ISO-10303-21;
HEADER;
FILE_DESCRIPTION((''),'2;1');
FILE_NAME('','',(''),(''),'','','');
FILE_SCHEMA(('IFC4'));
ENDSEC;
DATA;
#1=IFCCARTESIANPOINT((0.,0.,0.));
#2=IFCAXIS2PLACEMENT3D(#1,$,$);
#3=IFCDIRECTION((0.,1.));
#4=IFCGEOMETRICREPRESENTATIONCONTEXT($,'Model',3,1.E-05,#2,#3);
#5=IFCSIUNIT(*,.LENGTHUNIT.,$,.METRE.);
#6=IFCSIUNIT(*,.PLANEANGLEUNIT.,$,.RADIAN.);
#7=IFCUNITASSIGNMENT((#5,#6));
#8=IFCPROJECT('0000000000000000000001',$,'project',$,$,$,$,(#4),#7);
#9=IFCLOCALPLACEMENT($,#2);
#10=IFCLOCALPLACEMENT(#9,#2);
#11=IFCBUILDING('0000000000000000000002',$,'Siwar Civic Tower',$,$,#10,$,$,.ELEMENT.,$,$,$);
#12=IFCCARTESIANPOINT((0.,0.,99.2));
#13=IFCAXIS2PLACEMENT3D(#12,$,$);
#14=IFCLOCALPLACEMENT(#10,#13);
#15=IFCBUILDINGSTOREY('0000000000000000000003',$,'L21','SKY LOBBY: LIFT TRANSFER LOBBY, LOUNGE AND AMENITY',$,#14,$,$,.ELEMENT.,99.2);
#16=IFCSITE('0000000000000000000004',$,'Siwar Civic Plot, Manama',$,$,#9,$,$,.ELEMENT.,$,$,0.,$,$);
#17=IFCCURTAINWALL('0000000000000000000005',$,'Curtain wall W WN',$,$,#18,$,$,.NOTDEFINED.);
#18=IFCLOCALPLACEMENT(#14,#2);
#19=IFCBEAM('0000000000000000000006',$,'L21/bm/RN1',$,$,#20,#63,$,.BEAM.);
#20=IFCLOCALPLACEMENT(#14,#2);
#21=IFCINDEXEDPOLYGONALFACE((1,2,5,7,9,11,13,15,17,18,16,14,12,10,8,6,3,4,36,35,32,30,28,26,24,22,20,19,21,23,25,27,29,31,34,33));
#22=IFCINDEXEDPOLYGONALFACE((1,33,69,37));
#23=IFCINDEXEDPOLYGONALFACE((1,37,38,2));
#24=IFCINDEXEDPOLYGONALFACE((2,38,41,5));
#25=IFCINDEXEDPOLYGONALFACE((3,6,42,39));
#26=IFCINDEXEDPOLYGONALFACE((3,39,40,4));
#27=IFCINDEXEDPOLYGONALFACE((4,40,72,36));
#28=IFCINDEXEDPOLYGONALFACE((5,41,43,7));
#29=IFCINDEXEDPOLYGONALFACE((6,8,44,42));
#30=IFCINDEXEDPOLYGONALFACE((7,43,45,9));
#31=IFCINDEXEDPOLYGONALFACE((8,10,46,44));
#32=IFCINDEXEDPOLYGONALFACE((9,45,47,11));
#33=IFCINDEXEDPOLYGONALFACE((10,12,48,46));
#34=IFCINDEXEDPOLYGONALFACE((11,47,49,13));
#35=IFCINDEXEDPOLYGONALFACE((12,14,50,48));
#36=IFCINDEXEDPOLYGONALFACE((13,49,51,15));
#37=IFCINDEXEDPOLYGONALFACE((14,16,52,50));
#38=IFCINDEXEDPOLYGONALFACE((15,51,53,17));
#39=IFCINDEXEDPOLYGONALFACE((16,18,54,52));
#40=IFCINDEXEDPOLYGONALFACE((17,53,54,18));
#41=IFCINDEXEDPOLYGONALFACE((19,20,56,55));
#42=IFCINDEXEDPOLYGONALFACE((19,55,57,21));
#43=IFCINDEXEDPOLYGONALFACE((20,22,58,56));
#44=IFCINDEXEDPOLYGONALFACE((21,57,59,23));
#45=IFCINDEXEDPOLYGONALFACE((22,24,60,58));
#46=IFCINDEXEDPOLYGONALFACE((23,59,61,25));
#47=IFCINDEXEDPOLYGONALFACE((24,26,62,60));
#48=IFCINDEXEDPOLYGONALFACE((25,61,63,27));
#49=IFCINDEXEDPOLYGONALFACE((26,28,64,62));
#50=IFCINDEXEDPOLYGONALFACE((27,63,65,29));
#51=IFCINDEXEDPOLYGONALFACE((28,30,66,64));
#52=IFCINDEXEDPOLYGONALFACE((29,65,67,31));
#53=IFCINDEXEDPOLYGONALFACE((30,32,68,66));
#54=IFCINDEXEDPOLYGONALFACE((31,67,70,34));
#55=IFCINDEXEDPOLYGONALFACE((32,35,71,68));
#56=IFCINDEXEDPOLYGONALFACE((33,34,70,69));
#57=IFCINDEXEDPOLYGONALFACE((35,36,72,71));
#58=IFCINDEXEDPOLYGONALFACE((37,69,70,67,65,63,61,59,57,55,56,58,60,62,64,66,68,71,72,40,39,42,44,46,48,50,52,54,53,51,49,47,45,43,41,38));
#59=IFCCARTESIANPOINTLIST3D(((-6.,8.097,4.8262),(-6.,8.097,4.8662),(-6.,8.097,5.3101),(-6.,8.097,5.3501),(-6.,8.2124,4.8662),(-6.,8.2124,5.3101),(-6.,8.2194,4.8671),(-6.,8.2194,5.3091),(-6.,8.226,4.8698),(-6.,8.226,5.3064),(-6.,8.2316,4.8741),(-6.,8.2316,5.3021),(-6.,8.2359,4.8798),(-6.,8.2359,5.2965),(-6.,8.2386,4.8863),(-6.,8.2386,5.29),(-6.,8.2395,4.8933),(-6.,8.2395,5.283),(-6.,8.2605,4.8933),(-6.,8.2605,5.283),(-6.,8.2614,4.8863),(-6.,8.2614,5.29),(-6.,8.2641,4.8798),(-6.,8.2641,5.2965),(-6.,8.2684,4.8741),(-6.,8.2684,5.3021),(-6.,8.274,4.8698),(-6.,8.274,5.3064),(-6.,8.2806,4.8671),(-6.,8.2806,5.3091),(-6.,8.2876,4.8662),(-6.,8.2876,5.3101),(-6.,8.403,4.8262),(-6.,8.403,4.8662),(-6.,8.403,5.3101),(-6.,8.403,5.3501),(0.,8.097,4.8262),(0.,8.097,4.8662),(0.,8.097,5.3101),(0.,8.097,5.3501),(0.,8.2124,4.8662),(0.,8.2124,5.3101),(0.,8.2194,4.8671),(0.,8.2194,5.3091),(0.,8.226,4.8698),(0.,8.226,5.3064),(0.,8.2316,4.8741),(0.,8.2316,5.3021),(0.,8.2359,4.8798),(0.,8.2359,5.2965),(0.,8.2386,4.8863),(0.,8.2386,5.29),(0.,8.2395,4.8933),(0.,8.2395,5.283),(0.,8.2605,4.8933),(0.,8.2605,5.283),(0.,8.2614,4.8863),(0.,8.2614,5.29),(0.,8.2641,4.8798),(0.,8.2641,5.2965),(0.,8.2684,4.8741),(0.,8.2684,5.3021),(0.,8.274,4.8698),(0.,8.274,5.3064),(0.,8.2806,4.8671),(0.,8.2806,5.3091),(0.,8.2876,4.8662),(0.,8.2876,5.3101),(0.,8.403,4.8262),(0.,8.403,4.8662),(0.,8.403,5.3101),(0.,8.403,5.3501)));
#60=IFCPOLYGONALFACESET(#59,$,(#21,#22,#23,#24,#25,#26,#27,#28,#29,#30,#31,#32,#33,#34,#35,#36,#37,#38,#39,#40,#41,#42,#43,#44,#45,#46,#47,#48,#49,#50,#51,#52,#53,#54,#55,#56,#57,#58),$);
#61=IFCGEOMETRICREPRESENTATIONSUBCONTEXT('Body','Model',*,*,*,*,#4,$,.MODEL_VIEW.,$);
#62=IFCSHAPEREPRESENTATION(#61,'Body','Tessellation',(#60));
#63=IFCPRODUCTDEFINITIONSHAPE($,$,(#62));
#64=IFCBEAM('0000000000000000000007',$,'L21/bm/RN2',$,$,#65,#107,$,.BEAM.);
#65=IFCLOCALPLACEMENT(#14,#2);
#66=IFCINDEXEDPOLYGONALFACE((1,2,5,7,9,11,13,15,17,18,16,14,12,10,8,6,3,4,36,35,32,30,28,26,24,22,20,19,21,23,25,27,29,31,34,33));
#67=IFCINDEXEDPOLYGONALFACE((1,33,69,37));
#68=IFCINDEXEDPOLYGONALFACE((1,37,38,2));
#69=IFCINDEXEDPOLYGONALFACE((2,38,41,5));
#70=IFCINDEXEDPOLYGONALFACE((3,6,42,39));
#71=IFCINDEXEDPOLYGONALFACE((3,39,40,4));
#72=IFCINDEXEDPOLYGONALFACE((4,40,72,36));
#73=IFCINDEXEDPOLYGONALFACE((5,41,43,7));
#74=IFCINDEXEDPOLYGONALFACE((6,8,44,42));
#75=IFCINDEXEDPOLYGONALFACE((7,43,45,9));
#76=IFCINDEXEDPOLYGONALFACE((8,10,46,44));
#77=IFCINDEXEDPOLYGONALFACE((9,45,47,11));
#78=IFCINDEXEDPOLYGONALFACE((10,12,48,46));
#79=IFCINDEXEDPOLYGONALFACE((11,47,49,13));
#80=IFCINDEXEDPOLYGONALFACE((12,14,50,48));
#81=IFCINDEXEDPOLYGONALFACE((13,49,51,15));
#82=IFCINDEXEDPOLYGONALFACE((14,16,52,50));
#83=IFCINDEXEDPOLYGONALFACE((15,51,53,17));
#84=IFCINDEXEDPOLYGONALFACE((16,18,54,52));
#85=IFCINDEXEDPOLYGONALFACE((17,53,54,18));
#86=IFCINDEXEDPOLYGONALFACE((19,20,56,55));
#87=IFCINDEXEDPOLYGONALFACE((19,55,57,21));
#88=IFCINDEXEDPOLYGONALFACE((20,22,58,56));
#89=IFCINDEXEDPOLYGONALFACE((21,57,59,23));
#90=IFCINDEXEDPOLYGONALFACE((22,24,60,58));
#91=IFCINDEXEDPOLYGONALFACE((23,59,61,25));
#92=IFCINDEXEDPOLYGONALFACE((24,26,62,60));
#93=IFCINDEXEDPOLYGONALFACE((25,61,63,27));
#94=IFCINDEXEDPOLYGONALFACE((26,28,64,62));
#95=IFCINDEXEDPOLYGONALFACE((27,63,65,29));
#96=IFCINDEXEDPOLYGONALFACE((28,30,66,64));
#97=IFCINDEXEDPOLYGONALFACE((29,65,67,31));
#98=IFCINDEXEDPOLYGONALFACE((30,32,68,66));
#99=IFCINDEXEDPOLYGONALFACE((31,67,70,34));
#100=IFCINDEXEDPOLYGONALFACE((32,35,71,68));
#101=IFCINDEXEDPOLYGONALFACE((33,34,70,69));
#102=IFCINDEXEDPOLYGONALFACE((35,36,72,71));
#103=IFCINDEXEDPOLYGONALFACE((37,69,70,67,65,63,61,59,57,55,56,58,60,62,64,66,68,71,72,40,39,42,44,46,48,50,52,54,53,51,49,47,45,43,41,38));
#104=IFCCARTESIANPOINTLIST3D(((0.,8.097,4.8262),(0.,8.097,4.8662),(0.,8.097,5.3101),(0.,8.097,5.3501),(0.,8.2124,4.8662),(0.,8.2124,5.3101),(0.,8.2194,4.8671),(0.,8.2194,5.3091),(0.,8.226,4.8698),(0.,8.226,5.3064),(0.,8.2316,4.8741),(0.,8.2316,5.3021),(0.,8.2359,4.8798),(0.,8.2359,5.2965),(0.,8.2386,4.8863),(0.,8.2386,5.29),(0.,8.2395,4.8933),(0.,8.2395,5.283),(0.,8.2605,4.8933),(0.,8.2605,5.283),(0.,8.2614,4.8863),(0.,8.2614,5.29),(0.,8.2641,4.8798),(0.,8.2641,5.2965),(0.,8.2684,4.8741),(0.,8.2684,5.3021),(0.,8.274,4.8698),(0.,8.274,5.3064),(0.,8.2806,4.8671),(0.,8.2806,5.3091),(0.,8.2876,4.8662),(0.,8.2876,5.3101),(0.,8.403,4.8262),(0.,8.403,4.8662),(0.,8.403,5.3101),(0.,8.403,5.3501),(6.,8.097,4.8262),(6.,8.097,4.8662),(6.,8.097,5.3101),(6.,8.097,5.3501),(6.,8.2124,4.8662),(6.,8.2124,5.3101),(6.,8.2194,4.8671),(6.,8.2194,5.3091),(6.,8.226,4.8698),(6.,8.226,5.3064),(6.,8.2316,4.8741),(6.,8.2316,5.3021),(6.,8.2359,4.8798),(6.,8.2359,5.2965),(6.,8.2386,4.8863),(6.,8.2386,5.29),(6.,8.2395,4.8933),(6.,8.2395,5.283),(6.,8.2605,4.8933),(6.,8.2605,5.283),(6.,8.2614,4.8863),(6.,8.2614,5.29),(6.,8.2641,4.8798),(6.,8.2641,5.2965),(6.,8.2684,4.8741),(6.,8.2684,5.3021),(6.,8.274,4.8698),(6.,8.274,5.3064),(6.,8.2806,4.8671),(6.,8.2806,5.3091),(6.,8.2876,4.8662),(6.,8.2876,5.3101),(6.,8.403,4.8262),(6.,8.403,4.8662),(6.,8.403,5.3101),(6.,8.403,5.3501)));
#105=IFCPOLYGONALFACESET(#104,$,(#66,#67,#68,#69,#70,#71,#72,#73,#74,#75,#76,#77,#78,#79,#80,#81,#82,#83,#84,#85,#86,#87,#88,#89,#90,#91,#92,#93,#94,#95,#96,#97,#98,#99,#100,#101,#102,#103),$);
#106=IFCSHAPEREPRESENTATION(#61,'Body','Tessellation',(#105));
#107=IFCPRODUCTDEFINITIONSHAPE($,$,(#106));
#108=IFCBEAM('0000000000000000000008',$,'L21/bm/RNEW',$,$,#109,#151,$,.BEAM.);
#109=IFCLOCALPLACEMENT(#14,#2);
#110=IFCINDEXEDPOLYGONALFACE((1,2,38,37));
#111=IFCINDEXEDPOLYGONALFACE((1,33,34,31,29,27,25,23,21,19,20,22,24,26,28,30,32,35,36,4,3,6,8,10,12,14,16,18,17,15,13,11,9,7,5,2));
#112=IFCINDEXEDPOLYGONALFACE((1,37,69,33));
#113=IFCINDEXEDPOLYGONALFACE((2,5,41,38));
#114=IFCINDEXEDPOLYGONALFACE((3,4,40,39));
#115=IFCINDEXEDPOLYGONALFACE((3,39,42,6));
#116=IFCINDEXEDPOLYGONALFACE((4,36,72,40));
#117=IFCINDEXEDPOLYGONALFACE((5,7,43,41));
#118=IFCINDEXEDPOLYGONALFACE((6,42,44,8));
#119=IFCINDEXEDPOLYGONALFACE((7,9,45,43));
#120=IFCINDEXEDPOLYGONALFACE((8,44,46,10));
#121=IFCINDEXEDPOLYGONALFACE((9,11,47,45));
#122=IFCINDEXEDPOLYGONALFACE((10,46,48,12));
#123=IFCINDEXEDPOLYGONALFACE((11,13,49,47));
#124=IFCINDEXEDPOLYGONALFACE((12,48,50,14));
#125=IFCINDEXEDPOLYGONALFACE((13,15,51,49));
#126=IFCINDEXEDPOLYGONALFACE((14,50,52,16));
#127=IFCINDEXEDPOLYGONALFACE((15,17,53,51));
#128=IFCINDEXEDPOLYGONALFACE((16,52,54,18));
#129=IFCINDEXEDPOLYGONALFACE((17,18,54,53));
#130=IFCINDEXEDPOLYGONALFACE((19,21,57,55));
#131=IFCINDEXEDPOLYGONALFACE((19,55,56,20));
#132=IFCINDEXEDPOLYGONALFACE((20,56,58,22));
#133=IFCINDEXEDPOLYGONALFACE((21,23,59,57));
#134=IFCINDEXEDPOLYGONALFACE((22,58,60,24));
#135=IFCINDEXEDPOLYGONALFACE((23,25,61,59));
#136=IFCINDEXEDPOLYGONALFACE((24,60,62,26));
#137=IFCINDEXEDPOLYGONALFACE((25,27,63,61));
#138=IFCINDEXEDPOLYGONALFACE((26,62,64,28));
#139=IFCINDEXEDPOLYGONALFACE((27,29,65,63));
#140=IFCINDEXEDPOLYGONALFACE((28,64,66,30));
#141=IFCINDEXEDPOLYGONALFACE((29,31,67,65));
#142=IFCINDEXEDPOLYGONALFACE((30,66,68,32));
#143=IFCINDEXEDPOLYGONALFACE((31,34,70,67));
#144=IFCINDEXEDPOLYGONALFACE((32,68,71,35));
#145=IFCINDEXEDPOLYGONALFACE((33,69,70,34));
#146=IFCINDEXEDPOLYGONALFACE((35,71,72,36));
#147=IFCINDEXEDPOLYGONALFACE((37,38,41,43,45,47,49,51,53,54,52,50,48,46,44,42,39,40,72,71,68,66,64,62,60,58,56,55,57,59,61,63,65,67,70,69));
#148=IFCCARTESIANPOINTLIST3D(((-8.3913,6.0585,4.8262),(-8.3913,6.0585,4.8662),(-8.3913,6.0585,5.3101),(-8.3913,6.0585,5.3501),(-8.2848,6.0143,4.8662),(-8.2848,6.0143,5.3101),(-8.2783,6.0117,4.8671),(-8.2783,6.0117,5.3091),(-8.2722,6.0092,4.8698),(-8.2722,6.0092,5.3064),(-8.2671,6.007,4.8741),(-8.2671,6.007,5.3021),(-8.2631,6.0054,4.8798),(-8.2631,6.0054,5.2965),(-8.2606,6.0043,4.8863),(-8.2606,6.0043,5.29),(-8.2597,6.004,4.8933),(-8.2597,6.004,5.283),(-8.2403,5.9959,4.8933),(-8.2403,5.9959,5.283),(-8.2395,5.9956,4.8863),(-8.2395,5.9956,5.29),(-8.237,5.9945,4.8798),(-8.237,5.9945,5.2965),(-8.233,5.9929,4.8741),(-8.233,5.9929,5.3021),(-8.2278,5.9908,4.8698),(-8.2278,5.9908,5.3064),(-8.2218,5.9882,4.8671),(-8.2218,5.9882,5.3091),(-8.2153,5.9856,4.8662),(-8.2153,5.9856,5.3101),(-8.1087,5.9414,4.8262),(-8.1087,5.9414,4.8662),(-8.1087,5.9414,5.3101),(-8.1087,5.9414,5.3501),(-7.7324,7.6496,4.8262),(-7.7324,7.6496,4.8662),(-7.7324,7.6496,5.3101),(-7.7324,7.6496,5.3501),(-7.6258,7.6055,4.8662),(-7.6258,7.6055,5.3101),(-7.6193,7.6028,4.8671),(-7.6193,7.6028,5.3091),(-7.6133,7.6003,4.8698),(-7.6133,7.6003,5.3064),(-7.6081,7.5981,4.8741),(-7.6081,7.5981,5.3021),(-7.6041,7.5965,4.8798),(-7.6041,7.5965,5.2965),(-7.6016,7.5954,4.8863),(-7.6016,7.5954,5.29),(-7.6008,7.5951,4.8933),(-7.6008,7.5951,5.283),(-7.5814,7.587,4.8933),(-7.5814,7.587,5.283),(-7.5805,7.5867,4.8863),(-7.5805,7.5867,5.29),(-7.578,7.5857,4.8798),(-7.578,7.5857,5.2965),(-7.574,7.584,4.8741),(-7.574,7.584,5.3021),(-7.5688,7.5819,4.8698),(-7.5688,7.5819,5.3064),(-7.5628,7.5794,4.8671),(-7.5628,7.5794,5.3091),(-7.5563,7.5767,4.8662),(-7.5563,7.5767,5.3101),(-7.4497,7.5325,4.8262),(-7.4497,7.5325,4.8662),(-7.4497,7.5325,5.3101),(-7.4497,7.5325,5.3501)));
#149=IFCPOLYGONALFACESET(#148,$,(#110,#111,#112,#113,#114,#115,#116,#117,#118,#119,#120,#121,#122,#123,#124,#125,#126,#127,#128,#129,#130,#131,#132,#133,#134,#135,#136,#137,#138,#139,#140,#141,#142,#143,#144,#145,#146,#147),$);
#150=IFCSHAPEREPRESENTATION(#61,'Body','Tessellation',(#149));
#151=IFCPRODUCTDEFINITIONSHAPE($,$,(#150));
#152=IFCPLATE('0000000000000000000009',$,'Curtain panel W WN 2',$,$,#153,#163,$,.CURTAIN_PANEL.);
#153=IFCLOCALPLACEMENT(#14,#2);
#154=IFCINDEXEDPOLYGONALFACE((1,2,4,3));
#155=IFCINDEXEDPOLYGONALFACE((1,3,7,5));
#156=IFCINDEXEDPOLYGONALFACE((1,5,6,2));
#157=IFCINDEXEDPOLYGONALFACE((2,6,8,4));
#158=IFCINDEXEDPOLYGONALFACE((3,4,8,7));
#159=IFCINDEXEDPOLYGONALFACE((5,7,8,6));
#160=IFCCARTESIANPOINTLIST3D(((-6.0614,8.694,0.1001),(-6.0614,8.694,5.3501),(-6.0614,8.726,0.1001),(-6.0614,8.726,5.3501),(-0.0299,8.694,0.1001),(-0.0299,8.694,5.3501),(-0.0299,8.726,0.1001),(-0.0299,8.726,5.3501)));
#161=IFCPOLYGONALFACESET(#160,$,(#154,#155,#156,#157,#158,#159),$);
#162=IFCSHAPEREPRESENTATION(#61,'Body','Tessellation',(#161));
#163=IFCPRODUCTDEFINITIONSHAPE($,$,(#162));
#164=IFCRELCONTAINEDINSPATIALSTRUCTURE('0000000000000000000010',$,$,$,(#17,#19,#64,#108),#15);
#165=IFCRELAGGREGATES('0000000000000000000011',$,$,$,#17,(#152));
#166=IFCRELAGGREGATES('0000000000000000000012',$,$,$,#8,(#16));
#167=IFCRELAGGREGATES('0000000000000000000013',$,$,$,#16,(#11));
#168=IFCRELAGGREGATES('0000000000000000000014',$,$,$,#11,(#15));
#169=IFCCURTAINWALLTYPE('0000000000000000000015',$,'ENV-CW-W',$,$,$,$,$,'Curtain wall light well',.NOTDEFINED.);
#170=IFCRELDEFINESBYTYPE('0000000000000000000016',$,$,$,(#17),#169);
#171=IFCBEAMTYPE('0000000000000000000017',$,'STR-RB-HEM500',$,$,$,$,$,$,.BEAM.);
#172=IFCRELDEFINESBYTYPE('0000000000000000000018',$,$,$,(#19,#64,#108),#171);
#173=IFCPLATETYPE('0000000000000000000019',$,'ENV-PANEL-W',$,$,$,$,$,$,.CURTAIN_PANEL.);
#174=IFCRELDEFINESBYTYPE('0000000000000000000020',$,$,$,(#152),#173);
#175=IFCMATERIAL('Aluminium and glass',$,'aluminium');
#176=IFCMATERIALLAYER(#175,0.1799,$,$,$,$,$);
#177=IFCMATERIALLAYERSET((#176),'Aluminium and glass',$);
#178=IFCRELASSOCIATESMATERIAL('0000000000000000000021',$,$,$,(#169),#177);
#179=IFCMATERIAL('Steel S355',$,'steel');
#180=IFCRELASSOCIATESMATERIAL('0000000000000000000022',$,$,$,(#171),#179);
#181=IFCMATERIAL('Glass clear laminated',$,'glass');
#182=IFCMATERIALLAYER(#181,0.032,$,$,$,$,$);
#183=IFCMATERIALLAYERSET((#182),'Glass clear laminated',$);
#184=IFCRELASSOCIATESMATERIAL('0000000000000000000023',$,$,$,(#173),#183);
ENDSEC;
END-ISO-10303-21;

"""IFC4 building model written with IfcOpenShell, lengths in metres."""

from ifc_helpers import new_model, si_unit, direction, frame, origin, origin_2d, place, context, subcontext, project, spatial, rectangle, i_section, extrude, material, layer, layer_set, material_profile, profile_set, type_object, element, aggregate, save


model = new_model("IFC4")

# Units and contexts
model_context = context("Model", 3, precision=1e-05, world=origin(), true_north=direction((0.0, 1.0)))
body_context = subcontext(model_context, "Body", "Model", "MODEL_VIEW")
ifc_project = project(units=[si_unit("LENGTHUNIT", "METRE"), si_unit("PLANEANGLEUNIT", "RADIAN")], contexts=[model_context])

# Site, building, storey
site_placement = place(None, origin())
site = spatial("IfcSite", under=ifc_project, at=site_placement, Name="Siwar Civic Plot, Manama", CompositionType="ELEMENT", RefElevation=0.0)
building_placement = place(site_placement, origin())
building = spatial("IfcBuilding", under=site, at=building_placement, Name="Siwar Civic Tower", CompositionType="ELEMENT")
storey_placement = place(building_placement, frame((0.0, 0.0, 99.2)))
storey = spatial("IfcBuildingStorey", under=building, at=storey_placement, Name="L21", Description="SKY LOBBY: LIFT TRANSFER LOBBY, LOUNGE AND AMENITY", CompositionType="ELEMENT", Elevation=99.2)

# Curtain wall
ifc_material_1 = material(Name="Aluminium and glass", Category="aluminium")
ifc_layer_1 = layer(ifc_material_1, 0.1799)
ifc_layer_set_1 = layer_set([ifc_layer_1], Name="Aluminium and glass")
curtain_wall_type = type_object("IfcCurtainWallType", Name="ENV-CW-W", ElementType="Curtain wall light well", PredefinedType="NOTDEFINED", material=ifc_layer_set_1)
curtain_wall_placement = place(storey_placement, origin())
curtain_wall = element("IfcCurtainWall", 1, at=curtain_wall_placement, inside=storey, type_object=curtain_wall_type, Name="Curtain wall W WN", PredefinedType="NOTDEFINED")

# Beams
ifc_material_2 = material(Name="Steel S355", Category="steel")
ifc_material_profile_1 = material_profile(ifc_material_2, i_section(OverallWidth=0.3059, OverallDepth=0.5239, WebThickness=0.021, FlangeThickness=0.04, FilletRadius=0.0271, at=origin_2d()), Name="HEM500")
ifc_profile_set_1 = profile_set([ifc_material_profile_1], Name="Steel S355")
beam_type_1 = type_object("IfcBeamType", Name="STR-RB-HEM500", PredefinedType="BEAM", material=ifc_profile_set_1)
for number, where, z_axis, x_axis, name in (
    (2, (-6.0, 8.25, 5.0881), (1.0, 0.0, 0.0), (0.0, 1.0, 0.0), "L21/bm/RN1"),
    (3, (0.0, 8.25, 5.0881), (1.0, 0.0, 0.0), (0.0, 1.0, 0.0), "L21/bm/RN2"),
):
    element("IfcBeam", number, at=place(storey_placement, frame(where, z_axis=z_axis, x_axis=x_axis)), inside=storey, type_object=beam_type_1, Name=name, PredefinedType="BEAM", context=body_context, shape_type="SweptSolid", body=[
        extrude(i_section(OverallWidth=0.3059, OverallDepth=0.5239, WebThickness=0.021, FlangeThickness=0.04, FilletRadius=0.0271, at=origin_2d()), origin(), (0.0, 0.0, 1.0), 6.0),
    ])
beam_1_placement = place(storey_placement, frame((-7.5911, 7.5911, 5.0881), z_axis=(-0.382631, -0.923901, 0.0), x_axis=(0.923901, -0.382631, 0.0)))
element("IfcBeam", 4, at=beam_1_placement, inside=storey, type_object=beam_type_1, Name="L21/bm/RNEW", PredefinedType="BEAM", context=body_context, shape_type="SweptSolid", body=[
    extrude(i_section(OverallWidth=0.3059, OverallDepth=0.5239, WebThickness=0.021, FlangeThickness=0.04, FilletRadius=0.0271, at=origin_2d()), origin(), (0.0, 0.0, 1.0), 1.7222),
])

# Plate
ifc_material_3 = material(Name="Glass clear laminated", Category="glass")
ifc_layer_2 = layer(ifc_material_3, 0.032)
ifc_layer_set_2 = layer_set([ifc_layer_2], Name="Glass clear laminated")
plate_type = type_object("IfcPlateType", Name="ENV-PANEL-W", PredefinedType="CURTAIN_PANEL", material=ifc_layer_set_2)
plate_placement = place(storey_placement, frame((-3.0457, 8.71, 0.1001), z_axis=(0.0, 0.0, 1.0), x_axis=(-1.0, 0.0, 0.0)))
plate = element("IfcPlate", 5, at=plate_placement, type_object=plate_type, Name="Curtain panel W WN 2", PredefinedType="CURTAIN_PANEL", context=body_context, shape_type="SweptSolid", body=[
    extrude(rectangle(XDim=6.0315, YDim=0.032, at=origin_2d()), origin(), (0.0, 0.0, 1.0), 5.25),
])
aggregate(curtain_wall, [plate])

save(model, "model.ifc")
